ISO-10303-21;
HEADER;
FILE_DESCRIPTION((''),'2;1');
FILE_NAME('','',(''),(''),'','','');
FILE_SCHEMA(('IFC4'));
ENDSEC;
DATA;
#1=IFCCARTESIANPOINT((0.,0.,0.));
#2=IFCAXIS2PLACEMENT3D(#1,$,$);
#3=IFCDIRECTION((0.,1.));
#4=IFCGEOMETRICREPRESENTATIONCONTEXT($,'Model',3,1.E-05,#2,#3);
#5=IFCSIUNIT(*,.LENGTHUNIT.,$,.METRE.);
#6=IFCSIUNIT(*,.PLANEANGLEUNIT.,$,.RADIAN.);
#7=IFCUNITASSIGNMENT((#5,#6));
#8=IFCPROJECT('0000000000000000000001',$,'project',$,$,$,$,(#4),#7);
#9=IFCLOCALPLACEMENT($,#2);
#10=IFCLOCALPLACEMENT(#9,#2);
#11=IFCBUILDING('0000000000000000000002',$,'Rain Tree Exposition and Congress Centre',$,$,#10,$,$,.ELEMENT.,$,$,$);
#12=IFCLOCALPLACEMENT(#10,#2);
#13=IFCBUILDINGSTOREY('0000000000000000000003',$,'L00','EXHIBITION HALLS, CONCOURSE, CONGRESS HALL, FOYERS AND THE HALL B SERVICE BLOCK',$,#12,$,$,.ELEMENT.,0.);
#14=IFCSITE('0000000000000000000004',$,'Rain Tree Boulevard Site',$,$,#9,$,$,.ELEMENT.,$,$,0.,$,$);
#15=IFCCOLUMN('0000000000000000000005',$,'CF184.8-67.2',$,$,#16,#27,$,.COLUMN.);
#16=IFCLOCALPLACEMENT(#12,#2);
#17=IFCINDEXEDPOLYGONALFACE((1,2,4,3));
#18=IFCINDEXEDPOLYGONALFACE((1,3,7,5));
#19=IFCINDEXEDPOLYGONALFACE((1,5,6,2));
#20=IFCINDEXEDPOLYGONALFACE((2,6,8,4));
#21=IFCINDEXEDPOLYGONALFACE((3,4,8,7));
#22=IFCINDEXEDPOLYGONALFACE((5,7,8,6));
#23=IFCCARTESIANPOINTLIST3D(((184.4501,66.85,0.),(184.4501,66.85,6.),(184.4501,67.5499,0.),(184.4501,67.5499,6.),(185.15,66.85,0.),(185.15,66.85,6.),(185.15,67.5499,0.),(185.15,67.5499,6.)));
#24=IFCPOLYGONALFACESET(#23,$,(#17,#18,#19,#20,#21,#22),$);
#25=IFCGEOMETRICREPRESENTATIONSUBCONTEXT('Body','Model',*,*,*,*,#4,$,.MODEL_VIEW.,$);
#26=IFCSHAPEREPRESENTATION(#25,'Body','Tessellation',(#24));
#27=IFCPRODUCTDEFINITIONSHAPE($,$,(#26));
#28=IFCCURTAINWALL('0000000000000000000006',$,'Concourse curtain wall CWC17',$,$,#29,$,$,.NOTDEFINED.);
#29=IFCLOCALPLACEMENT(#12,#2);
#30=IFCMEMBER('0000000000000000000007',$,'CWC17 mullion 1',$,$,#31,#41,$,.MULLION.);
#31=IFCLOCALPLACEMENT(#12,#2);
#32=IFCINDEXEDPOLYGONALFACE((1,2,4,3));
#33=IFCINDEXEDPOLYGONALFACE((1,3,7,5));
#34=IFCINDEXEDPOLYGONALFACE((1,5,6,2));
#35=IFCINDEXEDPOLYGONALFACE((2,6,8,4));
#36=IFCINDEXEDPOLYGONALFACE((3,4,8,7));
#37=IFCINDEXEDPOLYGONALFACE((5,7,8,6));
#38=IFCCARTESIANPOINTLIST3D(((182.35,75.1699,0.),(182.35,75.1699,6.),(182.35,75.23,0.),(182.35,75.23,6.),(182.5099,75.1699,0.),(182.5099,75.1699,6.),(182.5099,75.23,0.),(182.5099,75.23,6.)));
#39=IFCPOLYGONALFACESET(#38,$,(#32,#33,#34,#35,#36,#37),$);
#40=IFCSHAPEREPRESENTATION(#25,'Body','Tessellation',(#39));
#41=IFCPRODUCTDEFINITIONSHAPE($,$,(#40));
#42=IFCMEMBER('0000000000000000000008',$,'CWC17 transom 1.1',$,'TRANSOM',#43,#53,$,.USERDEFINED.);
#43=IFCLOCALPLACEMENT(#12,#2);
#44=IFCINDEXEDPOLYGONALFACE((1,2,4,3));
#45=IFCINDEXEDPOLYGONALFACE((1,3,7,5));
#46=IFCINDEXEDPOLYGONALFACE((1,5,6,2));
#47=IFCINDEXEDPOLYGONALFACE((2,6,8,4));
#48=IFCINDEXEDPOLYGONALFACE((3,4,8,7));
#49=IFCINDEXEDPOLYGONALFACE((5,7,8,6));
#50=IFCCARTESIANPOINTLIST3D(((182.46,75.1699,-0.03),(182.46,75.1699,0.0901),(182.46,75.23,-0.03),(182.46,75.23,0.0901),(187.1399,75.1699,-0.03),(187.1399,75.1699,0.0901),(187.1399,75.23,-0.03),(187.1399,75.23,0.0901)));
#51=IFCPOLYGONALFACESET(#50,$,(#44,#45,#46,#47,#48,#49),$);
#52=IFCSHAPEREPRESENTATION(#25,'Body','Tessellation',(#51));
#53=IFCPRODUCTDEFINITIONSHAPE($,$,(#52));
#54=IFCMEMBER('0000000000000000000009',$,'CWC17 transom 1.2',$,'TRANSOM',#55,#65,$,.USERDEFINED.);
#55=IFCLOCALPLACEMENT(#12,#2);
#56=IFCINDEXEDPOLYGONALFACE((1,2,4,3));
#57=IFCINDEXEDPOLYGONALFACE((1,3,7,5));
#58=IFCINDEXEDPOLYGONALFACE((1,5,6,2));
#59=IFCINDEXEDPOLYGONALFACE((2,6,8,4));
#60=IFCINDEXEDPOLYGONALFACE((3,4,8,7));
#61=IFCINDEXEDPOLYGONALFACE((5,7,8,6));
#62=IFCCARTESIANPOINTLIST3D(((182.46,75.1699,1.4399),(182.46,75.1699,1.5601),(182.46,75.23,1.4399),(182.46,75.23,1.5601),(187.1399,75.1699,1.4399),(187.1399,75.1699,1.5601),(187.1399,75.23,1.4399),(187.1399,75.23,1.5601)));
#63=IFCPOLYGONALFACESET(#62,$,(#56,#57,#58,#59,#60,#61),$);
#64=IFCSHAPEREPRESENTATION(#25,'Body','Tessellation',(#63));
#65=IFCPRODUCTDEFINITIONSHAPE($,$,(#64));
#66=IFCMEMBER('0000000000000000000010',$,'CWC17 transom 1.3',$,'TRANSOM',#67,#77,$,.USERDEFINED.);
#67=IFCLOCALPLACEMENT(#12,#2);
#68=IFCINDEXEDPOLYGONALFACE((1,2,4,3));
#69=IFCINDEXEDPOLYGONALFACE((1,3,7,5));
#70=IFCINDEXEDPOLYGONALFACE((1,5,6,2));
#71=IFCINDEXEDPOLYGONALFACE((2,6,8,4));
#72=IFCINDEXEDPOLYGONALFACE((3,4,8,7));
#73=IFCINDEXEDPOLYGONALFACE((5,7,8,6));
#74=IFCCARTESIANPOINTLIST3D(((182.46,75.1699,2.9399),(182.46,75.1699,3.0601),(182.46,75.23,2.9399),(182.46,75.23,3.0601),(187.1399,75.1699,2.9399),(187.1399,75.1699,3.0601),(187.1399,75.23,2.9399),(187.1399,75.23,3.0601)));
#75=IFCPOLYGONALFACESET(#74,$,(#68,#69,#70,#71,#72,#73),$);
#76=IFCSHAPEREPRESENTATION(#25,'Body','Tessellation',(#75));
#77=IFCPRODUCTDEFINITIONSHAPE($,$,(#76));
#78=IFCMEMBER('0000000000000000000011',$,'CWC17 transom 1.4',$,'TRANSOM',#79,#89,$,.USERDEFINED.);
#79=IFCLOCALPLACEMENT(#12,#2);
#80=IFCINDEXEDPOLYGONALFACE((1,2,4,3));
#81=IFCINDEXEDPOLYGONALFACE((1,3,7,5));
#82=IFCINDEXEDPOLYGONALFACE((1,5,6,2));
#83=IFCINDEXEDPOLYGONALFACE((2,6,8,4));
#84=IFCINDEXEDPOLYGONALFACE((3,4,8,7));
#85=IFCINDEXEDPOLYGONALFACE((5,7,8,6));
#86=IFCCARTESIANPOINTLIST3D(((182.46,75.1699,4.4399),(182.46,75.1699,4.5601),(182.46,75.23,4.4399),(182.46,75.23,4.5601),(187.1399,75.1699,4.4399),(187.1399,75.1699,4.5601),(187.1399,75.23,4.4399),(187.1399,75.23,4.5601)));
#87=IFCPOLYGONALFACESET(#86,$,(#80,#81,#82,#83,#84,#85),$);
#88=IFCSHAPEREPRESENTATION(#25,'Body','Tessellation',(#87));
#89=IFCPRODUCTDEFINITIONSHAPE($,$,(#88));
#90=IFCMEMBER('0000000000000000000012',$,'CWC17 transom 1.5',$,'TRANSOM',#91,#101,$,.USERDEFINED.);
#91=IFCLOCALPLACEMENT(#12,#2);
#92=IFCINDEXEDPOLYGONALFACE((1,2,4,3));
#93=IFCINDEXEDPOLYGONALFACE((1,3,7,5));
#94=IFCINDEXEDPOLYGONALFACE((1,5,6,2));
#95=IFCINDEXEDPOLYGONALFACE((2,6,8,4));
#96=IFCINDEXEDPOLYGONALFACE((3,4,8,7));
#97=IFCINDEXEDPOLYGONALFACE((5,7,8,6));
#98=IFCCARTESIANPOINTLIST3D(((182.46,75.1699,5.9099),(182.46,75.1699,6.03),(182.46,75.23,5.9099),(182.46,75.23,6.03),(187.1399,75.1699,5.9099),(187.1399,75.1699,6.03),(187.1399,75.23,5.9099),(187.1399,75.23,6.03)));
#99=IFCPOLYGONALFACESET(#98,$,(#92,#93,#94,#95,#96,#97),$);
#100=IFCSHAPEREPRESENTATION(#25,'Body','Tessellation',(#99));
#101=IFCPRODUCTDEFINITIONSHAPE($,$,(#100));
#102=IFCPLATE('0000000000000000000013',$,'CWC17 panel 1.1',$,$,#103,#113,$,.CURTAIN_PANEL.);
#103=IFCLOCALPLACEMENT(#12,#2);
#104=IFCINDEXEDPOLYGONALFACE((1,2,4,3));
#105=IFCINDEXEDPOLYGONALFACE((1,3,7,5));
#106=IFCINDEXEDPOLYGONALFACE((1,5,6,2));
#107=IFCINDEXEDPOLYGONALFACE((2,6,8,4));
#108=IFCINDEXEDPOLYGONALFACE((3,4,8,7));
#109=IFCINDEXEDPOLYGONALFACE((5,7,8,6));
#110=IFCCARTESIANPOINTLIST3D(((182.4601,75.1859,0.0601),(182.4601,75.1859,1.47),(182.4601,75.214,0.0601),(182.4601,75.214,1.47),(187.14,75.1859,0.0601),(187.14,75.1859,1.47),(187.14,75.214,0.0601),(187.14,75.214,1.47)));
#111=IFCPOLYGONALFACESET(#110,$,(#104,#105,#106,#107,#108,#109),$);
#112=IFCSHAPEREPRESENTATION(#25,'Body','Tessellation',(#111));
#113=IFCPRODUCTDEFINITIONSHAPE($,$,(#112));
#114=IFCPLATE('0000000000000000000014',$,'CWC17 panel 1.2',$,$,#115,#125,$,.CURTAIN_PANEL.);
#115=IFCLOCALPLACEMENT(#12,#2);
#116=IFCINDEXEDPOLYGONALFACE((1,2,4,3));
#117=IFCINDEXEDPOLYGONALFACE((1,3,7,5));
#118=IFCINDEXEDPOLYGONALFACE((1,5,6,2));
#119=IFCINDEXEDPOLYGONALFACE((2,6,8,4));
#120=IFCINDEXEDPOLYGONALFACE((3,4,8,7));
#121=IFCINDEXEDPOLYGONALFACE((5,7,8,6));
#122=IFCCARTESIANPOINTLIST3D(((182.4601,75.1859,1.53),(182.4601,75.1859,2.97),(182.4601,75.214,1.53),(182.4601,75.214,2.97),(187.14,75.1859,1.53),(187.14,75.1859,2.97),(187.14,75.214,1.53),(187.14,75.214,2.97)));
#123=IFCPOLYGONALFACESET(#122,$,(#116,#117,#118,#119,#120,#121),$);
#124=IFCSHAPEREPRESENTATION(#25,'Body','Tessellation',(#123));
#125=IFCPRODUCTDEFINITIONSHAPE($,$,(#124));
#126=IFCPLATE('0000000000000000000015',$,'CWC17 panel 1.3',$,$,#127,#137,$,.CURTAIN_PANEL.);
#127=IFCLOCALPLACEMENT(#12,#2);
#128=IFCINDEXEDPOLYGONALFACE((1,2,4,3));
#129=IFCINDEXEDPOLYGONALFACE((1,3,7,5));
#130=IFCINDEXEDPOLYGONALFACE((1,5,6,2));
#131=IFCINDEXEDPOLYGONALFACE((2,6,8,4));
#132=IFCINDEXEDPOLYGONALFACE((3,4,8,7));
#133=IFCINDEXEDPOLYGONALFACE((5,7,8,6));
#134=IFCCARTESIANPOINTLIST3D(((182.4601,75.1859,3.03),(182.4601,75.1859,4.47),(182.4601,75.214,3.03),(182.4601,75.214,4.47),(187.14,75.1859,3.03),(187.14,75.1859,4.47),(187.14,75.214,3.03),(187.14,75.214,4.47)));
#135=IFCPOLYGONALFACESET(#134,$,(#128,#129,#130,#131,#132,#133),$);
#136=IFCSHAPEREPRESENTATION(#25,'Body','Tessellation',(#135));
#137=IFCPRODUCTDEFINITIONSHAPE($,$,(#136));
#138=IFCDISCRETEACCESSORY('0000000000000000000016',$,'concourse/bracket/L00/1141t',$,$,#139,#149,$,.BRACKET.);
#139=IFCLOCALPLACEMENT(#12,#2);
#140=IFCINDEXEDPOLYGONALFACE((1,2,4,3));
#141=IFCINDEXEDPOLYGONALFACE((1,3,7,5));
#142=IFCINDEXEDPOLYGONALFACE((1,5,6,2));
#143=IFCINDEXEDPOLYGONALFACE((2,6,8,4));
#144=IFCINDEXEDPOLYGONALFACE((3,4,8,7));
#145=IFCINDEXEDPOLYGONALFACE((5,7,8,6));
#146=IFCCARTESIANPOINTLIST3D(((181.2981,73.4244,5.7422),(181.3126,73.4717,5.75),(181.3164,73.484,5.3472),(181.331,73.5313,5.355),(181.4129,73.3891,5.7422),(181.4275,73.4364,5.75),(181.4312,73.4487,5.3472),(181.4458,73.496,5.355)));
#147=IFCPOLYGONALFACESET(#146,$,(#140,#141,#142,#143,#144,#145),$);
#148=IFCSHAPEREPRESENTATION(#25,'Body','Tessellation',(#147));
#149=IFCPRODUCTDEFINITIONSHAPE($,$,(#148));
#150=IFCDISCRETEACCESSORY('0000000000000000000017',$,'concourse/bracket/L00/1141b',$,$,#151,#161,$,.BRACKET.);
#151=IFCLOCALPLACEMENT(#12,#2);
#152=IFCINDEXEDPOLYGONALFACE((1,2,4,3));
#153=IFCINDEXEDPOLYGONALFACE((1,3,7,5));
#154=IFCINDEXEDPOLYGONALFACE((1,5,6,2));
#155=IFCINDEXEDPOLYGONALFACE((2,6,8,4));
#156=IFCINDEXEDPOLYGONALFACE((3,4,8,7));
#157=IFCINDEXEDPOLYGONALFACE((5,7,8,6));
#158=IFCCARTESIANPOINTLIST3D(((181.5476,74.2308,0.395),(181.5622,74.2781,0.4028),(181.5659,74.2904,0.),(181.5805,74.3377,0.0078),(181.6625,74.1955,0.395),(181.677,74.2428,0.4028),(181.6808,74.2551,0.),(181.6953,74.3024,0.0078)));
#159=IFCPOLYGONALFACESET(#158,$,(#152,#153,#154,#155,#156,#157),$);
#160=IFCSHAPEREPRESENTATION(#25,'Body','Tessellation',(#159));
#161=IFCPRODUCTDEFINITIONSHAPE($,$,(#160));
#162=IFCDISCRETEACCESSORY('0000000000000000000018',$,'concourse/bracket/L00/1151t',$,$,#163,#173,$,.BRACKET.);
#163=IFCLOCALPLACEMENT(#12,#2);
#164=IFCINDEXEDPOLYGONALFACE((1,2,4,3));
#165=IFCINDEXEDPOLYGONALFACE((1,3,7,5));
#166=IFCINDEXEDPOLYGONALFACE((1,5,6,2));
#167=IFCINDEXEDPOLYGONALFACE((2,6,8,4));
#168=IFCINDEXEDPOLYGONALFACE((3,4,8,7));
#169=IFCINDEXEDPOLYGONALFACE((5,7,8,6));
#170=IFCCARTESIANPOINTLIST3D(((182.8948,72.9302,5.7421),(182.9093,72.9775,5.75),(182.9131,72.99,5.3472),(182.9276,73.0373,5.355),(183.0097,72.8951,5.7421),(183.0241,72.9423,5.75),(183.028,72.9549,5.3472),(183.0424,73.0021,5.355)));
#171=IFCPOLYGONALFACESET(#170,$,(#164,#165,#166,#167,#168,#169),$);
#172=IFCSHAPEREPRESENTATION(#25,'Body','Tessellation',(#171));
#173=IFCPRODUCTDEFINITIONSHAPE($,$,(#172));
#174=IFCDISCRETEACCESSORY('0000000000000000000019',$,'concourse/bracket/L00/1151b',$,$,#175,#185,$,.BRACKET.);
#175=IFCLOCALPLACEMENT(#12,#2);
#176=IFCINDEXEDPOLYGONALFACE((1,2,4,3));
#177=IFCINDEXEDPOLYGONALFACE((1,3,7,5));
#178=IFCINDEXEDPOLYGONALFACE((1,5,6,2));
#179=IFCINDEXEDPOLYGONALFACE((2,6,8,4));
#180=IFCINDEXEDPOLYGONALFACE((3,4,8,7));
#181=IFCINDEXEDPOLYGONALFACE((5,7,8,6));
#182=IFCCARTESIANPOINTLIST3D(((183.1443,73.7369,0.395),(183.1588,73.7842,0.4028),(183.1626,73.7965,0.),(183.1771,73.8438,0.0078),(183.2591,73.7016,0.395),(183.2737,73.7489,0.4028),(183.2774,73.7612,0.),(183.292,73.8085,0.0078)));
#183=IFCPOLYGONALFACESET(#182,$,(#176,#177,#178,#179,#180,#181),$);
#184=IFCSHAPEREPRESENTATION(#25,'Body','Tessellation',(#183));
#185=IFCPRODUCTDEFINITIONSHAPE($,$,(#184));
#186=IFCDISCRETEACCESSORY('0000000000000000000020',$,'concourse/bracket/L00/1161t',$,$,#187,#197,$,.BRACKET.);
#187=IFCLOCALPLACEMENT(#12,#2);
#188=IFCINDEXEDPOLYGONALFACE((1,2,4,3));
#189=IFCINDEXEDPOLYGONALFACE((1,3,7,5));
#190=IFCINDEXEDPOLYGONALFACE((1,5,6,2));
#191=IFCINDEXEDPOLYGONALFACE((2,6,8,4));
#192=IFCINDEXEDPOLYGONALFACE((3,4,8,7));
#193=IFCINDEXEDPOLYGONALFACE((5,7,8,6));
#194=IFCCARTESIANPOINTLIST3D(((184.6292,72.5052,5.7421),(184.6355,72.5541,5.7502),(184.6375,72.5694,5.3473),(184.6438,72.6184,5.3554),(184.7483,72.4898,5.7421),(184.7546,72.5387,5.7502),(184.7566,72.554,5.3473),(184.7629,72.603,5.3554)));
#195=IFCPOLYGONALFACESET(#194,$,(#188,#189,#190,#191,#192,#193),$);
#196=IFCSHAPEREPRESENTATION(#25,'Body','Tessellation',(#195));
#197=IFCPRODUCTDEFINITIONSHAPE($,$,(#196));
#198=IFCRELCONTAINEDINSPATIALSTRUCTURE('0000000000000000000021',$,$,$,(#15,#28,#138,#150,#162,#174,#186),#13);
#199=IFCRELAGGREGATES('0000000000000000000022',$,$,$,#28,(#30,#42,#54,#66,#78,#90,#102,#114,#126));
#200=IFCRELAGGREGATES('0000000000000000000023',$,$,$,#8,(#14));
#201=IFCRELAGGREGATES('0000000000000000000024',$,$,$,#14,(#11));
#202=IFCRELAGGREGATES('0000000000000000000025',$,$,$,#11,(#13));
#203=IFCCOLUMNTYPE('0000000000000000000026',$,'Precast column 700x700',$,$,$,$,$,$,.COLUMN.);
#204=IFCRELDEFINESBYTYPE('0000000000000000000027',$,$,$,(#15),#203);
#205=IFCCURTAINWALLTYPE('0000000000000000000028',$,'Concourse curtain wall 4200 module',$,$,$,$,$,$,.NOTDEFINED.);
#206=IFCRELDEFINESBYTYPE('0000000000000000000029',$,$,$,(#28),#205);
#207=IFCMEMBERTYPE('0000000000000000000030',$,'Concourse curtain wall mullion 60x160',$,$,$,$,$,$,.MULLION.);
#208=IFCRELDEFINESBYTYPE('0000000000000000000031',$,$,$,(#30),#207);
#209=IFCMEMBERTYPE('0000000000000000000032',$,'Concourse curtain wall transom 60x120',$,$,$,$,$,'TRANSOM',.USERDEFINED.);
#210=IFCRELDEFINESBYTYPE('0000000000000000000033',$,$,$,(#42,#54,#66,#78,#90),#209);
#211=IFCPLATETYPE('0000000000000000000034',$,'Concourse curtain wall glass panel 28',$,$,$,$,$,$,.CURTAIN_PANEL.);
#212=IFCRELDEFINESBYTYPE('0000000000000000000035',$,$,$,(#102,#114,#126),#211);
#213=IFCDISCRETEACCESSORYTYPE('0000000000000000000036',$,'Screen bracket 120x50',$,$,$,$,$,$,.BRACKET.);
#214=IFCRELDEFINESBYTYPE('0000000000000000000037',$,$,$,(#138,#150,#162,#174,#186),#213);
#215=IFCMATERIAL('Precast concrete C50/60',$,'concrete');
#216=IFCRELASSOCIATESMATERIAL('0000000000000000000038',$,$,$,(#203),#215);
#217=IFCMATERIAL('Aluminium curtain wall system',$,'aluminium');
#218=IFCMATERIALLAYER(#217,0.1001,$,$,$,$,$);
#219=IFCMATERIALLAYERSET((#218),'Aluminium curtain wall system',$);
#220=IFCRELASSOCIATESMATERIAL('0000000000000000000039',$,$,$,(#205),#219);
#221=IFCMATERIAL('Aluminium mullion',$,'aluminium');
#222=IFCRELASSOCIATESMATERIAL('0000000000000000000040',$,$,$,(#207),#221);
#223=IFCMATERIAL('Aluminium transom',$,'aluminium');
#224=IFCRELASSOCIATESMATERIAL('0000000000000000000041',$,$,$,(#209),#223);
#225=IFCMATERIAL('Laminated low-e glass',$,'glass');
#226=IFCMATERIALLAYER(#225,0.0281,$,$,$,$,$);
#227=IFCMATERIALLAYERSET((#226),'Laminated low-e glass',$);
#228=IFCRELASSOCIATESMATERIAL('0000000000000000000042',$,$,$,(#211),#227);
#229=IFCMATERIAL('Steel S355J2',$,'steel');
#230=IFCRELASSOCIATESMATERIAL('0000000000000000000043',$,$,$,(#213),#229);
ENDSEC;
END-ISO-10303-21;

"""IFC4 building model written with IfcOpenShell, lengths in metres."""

from ifc_helpers import new_model, si_unit, direction, frame, origin, origin_2d, place, context, subcontext, project, spatial, rectangle, extrude, material, layer, layer_set, material_profile, profile_set, type_object, element, aggregate, save


model = new_model("IFC4")

# Units and contexts
model_context = context("Model", 3, precision=1e-05, world=origin(), true_north=direction((0.0, 1.0)))
body_context = subcontext(model_context, "Body", "Model", "MODEL_VIEW")
ifc_project = project(units=[si_unit("LENGTHUNIT", "METRE"), si_unit("PLANEANGLEUNIT", "RADIAN")], contexts=[model_context])

# Site, building, storey
site_placement = place(None, origin())
site = spatial("IfcSite", under=ifc_project, at=site_placement, Name="Rain Tree Boulevard Site", CompositionType="ELEMENT", RefElevation=0.0)
building_placement = place(site_placement, origin())
building = spatial("IfcBuilding", under=site, at=building_placement, Name="Rain Tree Exposition and Congress Centre", CompositionType="ELEMENT")
storey_placement = place(building_placement, origin())
storey = spatial("IfcBuildingStorey", under=building, at=storey_placement, Name="L00", Description="EXHIBITION HALLS, CONCOURSE, CONGRESS HALL, FOYERS AND THE HALL B SERVICE BLOCK", CompositionType="ELEMENT", Elevation=0.0)

# Column
ifc_material_1 = material(Name="Precast concrete C50/60", Category="concrete")
ifc_material_profile_1 = material_profile(ifc_material_1, rectangle(XDim=0.7, YDim=0.7, at=origin_2d()), Name="RC 700x700")
ifc_profile_set_1 = profile_set([ifc_material_profile_1], Name="Precast concrete C50/60")
column_type = type_object("IfcColumnType", Name="Precast column 700x700", PredefinedType="COLUMN", material=ifc_profile_set_1)
column_placement = place(storey_placement, frame((184.8, 67.2, 0.0), z_axis=(0.0, 0.0, 1.0), x_axis=(1.0, 0.0, 0.0)))
element("IfcColumn", 1, at=column_placement, inside=storey, type_object=column_type, Name="CF184.8-67.2", PredefinedType="COLUMN", context=body_context, shape_type="SweptSolid", body=[
    extrude(rectangle(XDim=0.7, YDim=0.7, at=origin_2d()), origin(), (0.0, 0.0, 1.0), 6.0),
])

# Curtain wall, members, plates
ifc_material_2 = material(Name="Aluminium curtain wall system", Category="aluminium")
ifc_layer_1 = layer(ifc_material_2, 0.1001)
ifc_layer_set_1 = layer_set([ifc_layer_1], Name="Aluminium curtain wall system")
curtain_wall_type = type_object("IfcCurtainWallType", Name="Concourse curtain wall 4200 module", PredefinedType="NOTDEFINED", material=ifc_layer_set_1)
curtain_wall_placement = place(storey_placement, origin())
curtain_wall = element("IfcCurtainWall", 2, at=curtain_wall_placement, inside=storey, type_object=curtain_wall_type, Name="Concourse curtain wall CWC17", PredefinedType="NOTDEFINED")
ifc_material_3 = material(Name="Aluminium mullion", Category="aluminium")
ifc_material_profile_2 = material_profile(ifc_material_3, rectangle(XDim=0.0601, YDim=0.1599, at=origin_2d()), Name="AL 60x160")
ifc_profile_set_2 = profile_set([ifc_material_profile_2], Name="Aluminium mullion")
member_type_1 = type_object("IfcMemberType", Name="Concourse curtain wall mullion 60x160", PredefinedType="MULLION", material=ifc_profile_set_2)
member_1_placement = place(storey_placement, frame((182.4299, 75.2, 0.0), z_axis=(0.0, 0.0, 1.0), x_axis=(0.0, 1.0, 0.0)))
member_1 = element("IfcMember", 3, at=member_1_placement, type_object=member_type_1, Name="CWC17 mullion 1", PredefinedType="MULLION", context=body_context, shape_type="SweptSolid", body=[
    extrude(rectangle(XDim=0.0601, YDim=0.1599, at=origin_2d()), origin(), (0.0, 0.0, 1.0), 6.0),
])
ifc_material_4 = material(Name="Aluminium transom", Category="aluminium")
ifc_material_profile_3 = material_profile(ifc_material_4, rectangle(XDim=0.0601, YDim=0.1201, at=origin_2d()), Name="AL 60x120")
ifc_profile_set_3 = profile_set([ifc_material_profile_3], Name="Aluminium transom")
member_type_2 = type_object("IfcMemberType", Name="Concourse curtain wall transom 60x120", ElementType="TRANSOM", PredefinedType="USERDEFINED", material=ifc_profile_set_3)
member_2_placement = place(storey_placement, frame((182.46, 75.2, 0.03), z_axis=(1.0, 0.0, 0.0), x_axis=(0.0, 1.0, 0.0)))
member_2 = element("IfcMember", 4, at=member_2_placement, type_object=member_type_2, Name="CWC17 transom 1.1", ObjectType="TRANSOM", PredefinedType="USERDEFINED", context=body_context, shape_type="SweptSolid", body=[
    extrude(rectangle(XDim=0.0601, YDim=0.1201, at=origin_2d()), origin(), (0.0, 0.0, 1.0), 4.6799),
])
member_3_placement = place(storey_placement, frame((182.46, 75.2, 1.5), z_axis=(1.0, 0.0, 0.0), x_axis=(0.0, 1.0, 0.0)))
member_3 = element("IfcMember", 5, at=member_3_placement, type_object=member_type_2, Name="CWC17 transom 1.2", ObjectType="TRANSOM", PredefinedType="USERDEFINED", context=body_context, shape_type="SweptSolid", body=[
    extrude(rectangle(XDim=0.0601, YDim=0.1201, at=origin_2d()), origin(), (0.0, 0.0, 1.0), 4.6799),
])
member_4_placement = place(storey_placement, frame((182.46, 75.2, 3.0), z_axis=(1.0, 0.0, 0.0), x_axis=(0.0, 1.0, 0.0)))
member_4 = element("IfcMember", 6, at=member_4_placement, type_object=member_type_2, Name="CWC17 transom 1.3", ObjectType="TRANSOM", PredefinedType="USERDEFINED", context=body_context, shape_type="SweptSolid", body=[
    extrude(rectangle(XDim=0.0601, YDim=0.1201, at=origin_2d()), origin(), (0.0, 0.0, 1.0), 4.6799),
])
member_5_placement = place(storey_placement, frame((182.46, 75.2, 4.5), z_axis=(1.0, 0.0, 0.0), x_axis=(0.0, 1.0, 0.0)))
member_5 = element("IfcMember", 7, at=member_5_placement, type_object=member_type_2, Name="CWC17 transom 1.4", ObjectType="TRANSOM", PredefinedType="USERDEFINED", context=body_context, shape_type="SweptSolid", body=[
    extrude(rectangle(XDim=0.0601, YDim=0.1201, at=origin_2d()), origin(), (0.0, 0.0, 1.0), 4.6799),
])
member_6_placement = place(storey_placement, frame((182.46, 75.2, 5.97), z_axis=(1.0, 0.0, 0.0), x_axis=(0.0, 1.0, 0.0)))
member_6 = element("IfcMember", 8, at=member_6_placement, type_object=member_type_2, Name="CWC17 transom 1.5", ObjectType="TRANSOM", PredefinedType="USERDEFINED", context=body_context, shape_type="SweptSolid", body=[
    extrude(rectangle(XDim=0.0601, YDim=0.1201, at=origin_2d()), origin(), (0.0, 0.0, 1.0), 4.6799),
])
ifc_material_5 = material(Name="Laminated low-e glass", Category="glass")
ifc_layer_2 = layer(ifc_material_5, 0.0281)
ifc_layer_set_2 = layer_set([ifc_layer_2], Name="Laminated low-e glass")
plate_type = type_object("IfcPlateType", Name="Concourse curtain wall glass panel 28", PredefinedType="CURTAIN_PANEL", material=ifc_layer_set_2)
plate_1_placement = place(storey_placement, frame((184.8, 75.2, 0.0601), z_axis=(0.0, 0.0, 1.0), x_axis=(1.0, 0.0, 0.0)))
plate_1 = element("IfcPlate", 9, at=plate_1_placement, type_object=plate_type, Name="CWC17 panel 1.1", PredefinedType="CURTAIN_PANEL", context=body_context, shape_type="SweptSolid", body=[
    extrude(rectangle(XDim=4.6799, YDim=0.0281, at=origin_2d()), origin(), (0.0, 0.0, 1.0), 1.4099),
])
plate_2_placement = place(storey_placement, frame((184.8, 75.2, 1.53), z_axis=(0.0, 0.0, 1.0), x_axis=(1.0, 0.0, 0.0)))
plate_2 = element("IfcPlate", 10, at=plate_2_placement, type_object=plate_type, Name="CWC17 panel 1.2", PredefinedType="CURTAIN_PANEL", context=body_context, shape_type="SweptSolid", body=[
    extrude(rectangle(XDim=4.6799, YDim=0.0281, at=origin_2d()), origin(), (0.0, 0.0, 1.0), 1.4399),
])
plate_3_placement = place(storey_placement, frame((184.8, 75.2, 3.03), z_axis=(0.0, 0.0, 1.0), x_axis=(1.0, 0.0, 0.0)))
plate_3 = element("IfcPlate", 11, at=plate_3_placement, type_object=plate_type, Name="CWC17 panel 1.3", PredefinedType="CURTAIN_PANEL", context=body_context, shape_type="SweptSolid", body=[
    extrude(rectangle(XDim=4.6799, YDim=0.0281, at=origin_2d()), origin(), (0.0, 0.0, 1.0), 1.4399),
])
aggregate(curtain_wall, [member_1, member_2, member_3, member_4, member_5, member_6, plate_1, plate_2, plate_3])

# Discrete accessories
ifc_material_6 = material(Name="Steel S355J2", Category="steel")
ifc_material_profile_4 = material_profile(ifc_material_6, rectangle(XDim=0.1201, YDim=0.05, at=origin_2d()), Name="Flat bar 120x50")
ifc_profile_set_4 = profile_set([ifc_material_profile_4], Name="Steel S355J2")
discrete_accessory_type = type_object("IfcDiscreteAccessoryType", Name="Screen bracket 120x50", PredefinedType="BRACKET", material=ifc_profile_set_4)
for number, where, z_axis, x_axis, name in (
    (12, (181.3811, 73.49, 5.3511), (-0.045787, -0.148961, 0.987782), (0.955864, -0.293811, 0.0), "concourse/bracket/L00/1141t"),
    (13, (181.6306, 74.2964, 0.0039), (-0.045787, -0.148961, 0.987782), (0.955864, -0.293811, 0.0), "concourse/bracket/L00/1141b"),
    (14, (182.9778, 72.9961, 5.3511), (-0.045783, -0.149558, 0.987692), (0.9562, -0.292714, 0.0), "concourse/bracket/L00/1151t"),
    (15, (183.2273, 73.8025, 0.0039), (-0.045787, -0.148961, 0.987782), (0.955864, -0.293811, 0.0), "concourse/bracket/L00/1151b"),
):
    element("IfcDiscreteAccessory", number, at=place(storey_placement, frame(where, z_axis=z_axis, x_axis=x_axis)), inside=storey, type_object=discrete_accessory_type, Name=name, PredefinedType="BRACKET", context=body_context, shape_type="SweptSolid", body=[
        extrude(rectangle(XDim=0.1201, YDim=0.05, at=origin_2d()), origin(), (0.0, 0.0, 1.0), 0.3999),
    ])
discrete_accessory_placement = place(storey_placement, frame((184.7002, 72.5862, 5.3513), z_axis=(-0.020749, -0.160503, 0.986817), x_axis=(0.991747, -0.128211, 0.0)))
element("IfcDiscreteAccessory", 16, at=discrete_accessory_placement, inside=storey, type_object=discrete_accessory_type, Name="concourse/bracket/L00/1161t", PredefinedType="BRACKET", context=body_context, shape_type="SweptSolid", body=[
    extrude(rectangle(XDim=0.1201, YDim=0.05, at=origin_2d()), origin(), (0.0, 0.0, 1.0), 0.4001),
])

save(model, "model.ifc")
